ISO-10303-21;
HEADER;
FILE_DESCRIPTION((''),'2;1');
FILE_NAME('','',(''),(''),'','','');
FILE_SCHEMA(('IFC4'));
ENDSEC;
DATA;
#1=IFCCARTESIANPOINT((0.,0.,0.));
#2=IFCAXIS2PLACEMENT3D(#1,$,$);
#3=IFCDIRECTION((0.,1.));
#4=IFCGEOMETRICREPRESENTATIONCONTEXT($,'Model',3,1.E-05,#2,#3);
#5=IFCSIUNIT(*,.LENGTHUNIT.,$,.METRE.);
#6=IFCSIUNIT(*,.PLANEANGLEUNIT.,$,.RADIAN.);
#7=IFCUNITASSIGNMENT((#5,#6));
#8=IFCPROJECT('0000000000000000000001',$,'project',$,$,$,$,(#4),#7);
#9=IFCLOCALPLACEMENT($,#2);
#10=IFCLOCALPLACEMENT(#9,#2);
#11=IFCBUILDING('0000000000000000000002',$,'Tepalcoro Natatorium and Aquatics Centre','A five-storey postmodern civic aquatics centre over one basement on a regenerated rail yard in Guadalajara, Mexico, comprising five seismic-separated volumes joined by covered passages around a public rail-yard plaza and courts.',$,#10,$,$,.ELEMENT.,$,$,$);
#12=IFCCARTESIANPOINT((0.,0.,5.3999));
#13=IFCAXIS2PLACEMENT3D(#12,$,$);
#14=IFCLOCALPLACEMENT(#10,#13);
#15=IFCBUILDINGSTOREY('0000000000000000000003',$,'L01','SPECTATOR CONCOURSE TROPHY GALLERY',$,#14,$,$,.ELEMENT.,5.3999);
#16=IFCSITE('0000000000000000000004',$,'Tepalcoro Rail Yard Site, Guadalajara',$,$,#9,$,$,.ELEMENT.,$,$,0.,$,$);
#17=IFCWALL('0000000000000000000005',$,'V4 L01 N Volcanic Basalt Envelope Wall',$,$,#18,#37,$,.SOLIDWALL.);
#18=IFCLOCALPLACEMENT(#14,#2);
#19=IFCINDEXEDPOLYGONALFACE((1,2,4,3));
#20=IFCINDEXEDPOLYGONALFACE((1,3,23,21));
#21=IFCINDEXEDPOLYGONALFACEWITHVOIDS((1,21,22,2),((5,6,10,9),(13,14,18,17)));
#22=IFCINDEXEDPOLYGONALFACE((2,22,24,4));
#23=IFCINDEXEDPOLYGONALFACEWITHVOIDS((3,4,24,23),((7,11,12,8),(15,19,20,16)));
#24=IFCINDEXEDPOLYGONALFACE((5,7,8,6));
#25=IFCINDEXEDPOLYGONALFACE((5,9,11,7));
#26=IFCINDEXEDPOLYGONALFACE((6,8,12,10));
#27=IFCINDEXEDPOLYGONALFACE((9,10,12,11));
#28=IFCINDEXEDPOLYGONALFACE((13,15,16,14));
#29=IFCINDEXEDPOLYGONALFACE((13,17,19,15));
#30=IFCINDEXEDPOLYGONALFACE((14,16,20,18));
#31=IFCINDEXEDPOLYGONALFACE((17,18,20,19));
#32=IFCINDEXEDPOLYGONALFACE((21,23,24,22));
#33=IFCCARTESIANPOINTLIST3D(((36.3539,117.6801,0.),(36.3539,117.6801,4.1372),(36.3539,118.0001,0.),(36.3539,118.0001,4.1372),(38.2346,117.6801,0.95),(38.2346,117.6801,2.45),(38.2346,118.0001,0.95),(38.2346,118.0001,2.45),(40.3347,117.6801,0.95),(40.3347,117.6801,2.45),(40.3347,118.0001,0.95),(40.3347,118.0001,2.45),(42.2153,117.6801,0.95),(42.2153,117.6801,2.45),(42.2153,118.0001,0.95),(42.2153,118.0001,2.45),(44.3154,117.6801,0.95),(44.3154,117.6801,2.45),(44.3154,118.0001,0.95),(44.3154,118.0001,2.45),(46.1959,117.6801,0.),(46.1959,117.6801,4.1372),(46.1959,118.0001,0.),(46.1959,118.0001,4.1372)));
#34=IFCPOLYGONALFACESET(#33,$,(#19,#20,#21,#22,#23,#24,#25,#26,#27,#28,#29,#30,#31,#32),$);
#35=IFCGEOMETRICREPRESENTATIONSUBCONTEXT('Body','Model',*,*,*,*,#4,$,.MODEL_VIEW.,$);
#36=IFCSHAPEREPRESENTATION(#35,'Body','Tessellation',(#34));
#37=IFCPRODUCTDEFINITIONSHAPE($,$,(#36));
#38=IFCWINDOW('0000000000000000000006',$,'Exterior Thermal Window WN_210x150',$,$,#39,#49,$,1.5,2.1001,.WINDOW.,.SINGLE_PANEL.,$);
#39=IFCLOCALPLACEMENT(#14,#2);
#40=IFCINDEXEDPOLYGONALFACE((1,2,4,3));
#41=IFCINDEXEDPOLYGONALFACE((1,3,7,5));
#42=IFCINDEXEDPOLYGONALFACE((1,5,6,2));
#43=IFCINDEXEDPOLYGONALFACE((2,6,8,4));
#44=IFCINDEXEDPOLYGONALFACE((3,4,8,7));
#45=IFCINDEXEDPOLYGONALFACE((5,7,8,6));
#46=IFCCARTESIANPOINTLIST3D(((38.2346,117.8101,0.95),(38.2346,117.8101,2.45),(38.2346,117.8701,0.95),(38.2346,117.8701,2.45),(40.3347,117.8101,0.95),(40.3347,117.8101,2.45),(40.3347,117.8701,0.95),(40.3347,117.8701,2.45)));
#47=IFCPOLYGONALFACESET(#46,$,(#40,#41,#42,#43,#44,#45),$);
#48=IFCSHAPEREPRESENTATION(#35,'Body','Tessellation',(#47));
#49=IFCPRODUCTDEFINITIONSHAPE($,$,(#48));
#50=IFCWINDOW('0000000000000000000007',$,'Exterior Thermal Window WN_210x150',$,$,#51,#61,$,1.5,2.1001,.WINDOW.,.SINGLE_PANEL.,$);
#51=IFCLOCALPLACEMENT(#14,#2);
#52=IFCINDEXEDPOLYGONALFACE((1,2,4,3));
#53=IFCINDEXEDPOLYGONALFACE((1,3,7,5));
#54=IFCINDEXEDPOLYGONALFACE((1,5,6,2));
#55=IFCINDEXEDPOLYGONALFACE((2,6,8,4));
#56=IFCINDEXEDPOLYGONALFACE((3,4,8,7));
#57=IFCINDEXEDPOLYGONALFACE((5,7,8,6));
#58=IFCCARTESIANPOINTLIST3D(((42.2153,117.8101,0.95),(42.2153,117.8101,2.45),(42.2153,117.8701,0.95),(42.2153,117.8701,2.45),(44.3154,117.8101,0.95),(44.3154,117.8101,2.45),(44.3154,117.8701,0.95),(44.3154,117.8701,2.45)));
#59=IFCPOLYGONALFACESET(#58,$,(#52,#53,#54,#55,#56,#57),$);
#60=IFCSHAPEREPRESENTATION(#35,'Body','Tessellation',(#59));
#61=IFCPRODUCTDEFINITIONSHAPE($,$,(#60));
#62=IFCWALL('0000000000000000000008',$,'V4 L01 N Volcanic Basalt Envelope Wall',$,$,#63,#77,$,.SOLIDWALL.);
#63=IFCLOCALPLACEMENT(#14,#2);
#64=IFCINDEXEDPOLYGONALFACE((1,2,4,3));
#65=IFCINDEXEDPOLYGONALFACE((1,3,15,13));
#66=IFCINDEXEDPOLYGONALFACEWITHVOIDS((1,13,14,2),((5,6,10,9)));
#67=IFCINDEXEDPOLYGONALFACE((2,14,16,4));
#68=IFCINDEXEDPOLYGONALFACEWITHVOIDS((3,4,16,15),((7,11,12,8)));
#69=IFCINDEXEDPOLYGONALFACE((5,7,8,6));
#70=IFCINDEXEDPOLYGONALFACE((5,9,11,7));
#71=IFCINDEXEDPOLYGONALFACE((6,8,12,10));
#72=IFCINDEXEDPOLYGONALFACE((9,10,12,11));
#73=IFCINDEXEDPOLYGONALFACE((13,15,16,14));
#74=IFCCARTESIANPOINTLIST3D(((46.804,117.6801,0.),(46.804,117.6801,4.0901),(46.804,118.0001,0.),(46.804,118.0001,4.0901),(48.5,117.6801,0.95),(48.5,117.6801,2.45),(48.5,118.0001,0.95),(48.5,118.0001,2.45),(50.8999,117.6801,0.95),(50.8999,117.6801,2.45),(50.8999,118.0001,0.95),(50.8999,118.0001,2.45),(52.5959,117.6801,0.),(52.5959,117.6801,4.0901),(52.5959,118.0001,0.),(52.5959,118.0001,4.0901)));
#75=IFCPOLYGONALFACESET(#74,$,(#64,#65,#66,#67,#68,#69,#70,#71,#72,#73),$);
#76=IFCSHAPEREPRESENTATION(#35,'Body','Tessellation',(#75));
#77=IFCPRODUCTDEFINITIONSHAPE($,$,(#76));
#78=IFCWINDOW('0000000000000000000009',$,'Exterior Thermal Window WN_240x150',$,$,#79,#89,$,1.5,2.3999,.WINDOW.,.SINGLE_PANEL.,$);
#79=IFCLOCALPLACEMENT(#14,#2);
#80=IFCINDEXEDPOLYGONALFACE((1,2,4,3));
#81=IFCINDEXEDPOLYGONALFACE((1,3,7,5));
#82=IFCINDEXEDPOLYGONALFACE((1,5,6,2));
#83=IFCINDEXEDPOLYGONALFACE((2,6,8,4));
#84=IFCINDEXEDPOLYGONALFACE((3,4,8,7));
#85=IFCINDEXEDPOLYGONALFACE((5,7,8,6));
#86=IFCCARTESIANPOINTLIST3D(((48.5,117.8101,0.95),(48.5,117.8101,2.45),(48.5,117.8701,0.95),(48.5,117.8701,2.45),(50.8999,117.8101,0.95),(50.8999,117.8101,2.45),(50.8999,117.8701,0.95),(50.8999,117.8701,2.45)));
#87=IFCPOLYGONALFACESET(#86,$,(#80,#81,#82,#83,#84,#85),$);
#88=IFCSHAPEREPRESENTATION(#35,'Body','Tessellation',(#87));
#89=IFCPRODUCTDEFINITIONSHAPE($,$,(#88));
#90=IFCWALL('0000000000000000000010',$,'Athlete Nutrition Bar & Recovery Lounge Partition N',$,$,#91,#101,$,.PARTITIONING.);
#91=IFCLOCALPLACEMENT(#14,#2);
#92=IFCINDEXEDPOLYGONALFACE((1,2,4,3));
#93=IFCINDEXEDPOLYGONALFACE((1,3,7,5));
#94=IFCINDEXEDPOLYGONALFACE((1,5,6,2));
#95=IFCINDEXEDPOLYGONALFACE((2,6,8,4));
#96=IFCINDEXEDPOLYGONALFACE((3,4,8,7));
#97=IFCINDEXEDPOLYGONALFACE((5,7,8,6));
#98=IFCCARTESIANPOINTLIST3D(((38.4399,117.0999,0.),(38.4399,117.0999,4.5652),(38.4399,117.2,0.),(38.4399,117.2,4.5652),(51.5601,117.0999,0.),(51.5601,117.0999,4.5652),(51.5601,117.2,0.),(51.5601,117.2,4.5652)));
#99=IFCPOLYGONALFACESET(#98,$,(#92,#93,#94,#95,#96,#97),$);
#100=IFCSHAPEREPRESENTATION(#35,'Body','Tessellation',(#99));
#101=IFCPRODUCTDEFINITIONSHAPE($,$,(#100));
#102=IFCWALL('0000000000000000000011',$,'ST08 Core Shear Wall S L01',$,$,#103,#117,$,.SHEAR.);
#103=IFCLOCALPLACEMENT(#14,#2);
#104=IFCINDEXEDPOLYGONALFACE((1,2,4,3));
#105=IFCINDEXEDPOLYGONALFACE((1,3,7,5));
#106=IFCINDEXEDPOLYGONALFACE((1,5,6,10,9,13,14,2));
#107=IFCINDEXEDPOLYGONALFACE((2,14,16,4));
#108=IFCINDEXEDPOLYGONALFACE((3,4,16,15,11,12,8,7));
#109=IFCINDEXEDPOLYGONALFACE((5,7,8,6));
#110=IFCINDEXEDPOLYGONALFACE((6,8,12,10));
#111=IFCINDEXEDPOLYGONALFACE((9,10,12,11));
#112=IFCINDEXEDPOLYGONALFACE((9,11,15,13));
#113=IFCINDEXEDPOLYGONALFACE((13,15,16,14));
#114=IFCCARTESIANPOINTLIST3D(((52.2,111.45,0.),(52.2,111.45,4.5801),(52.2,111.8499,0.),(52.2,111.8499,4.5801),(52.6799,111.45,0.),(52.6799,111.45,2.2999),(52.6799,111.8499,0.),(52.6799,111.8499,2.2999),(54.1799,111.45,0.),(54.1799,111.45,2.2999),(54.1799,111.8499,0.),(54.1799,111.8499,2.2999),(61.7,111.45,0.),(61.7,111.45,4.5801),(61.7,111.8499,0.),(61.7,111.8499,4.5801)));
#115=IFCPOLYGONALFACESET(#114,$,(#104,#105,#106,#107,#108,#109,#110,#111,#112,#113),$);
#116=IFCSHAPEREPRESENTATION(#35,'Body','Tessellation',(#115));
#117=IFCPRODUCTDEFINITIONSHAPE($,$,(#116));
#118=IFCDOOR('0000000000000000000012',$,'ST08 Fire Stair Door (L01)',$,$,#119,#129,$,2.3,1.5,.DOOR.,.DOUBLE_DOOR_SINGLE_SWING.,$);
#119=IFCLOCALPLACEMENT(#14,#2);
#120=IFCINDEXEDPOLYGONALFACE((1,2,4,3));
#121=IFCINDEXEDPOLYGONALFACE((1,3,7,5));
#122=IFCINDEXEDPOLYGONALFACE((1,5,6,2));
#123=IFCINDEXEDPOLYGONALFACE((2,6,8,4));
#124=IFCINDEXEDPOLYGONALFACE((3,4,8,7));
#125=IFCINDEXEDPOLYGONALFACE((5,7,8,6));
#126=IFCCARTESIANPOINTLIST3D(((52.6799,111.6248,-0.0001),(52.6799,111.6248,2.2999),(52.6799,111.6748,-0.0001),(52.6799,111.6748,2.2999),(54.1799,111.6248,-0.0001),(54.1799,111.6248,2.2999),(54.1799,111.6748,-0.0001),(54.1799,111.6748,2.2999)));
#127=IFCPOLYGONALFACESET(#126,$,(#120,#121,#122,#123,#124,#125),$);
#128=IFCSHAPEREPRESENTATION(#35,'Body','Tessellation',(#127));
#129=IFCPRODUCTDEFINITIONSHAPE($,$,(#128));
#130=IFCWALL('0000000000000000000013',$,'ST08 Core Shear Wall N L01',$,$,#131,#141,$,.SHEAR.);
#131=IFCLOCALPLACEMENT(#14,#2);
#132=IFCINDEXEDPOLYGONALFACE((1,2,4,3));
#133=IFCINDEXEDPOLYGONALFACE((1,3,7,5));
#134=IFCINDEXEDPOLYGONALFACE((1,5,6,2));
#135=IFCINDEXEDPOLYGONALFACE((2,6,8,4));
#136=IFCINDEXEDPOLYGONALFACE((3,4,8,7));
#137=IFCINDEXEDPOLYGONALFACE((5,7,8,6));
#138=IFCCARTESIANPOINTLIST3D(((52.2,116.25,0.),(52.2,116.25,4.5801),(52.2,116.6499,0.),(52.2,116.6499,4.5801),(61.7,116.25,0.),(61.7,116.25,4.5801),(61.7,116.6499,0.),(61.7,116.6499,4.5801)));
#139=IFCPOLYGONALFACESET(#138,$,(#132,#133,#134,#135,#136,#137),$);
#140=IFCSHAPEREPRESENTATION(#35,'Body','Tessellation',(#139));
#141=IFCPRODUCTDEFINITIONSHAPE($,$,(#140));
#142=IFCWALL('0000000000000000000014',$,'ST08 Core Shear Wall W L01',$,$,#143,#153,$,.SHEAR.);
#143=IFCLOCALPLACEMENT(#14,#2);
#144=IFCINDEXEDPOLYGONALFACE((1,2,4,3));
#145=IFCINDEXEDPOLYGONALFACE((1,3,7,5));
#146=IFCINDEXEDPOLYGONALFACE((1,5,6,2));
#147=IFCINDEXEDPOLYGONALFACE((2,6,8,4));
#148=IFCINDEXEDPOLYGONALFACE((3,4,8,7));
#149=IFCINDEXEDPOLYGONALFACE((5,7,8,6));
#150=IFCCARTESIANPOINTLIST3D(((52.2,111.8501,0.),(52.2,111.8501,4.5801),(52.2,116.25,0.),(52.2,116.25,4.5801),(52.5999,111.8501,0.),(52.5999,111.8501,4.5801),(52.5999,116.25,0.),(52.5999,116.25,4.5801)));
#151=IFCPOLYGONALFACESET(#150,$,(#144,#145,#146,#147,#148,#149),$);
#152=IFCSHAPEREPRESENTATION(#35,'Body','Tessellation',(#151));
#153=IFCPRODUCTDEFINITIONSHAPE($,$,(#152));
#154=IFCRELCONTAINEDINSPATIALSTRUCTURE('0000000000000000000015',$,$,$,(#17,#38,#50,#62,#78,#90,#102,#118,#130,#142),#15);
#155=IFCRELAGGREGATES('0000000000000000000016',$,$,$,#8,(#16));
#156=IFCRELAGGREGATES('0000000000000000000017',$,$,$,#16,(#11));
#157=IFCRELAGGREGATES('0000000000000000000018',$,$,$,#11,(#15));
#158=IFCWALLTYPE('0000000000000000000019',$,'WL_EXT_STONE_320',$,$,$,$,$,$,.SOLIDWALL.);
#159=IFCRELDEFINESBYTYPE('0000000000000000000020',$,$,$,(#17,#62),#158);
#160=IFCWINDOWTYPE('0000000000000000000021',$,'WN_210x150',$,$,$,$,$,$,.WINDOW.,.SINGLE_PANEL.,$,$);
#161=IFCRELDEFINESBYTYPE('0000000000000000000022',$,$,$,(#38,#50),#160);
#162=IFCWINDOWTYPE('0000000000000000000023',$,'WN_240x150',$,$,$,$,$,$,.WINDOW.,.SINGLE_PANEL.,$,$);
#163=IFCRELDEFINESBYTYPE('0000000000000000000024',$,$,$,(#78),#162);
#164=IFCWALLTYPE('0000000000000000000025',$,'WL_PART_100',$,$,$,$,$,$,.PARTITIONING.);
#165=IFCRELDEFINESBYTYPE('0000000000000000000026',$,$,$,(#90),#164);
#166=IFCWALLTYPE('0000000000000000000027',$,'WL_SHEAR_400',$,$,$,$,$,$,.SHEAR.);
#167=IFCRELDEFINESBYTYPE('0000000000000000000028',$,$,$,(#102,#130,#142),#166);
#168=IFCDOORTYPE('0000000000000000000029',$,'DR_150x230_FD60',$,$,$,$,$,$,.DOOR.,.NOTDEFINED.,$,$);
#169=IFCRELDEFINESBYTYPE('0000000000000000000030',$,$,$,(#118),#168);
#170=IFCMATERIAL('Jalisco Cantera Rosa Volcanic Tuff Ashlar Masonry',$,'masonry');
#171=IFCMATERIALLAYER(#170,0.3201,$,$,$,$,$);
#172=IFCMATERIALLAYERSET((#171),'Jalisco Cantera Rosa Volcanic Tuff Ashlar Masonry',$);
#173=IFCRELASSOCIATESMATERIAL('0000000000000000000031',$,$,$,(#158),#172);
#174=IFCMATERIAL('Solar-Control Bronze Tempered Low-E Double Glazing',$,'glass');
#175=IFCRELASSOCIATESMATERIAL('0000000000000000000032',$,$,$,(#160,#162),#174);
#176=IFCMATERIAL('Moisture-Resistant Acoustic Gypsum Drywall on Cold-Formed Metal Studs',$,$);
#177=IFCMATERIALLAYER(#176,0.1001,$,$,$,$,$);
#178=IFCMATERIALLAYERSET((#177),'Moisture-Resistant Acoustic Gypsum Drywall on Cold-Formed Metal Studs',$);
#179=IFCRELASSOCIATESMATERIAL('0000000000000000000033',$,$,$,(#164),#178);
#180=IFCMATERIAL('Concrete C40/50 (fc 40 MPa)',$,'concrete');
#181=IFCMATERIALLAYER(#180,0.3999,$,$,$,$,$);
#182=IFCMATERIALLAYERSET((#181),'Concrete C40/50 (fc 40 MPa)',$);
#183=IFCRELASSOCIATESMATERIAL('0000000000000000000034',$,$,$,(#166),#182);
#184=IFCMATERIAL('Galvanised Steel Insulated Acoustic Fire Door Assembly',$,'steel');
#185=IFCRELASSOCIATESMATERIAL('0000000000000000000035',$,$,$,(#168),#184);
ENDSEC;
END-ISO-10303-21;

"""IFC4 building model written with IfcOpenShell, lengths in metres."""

from ifc_helpers import new_model, si_unit, direction, frame, frame_2d, origin, place, context, subcontext, project, spatial, rectangle, extrude, material, layer, layer_set, type_object, element, fill, save


model = new_model("IFC4")

# Units and contexts
model_context = context("Model", 3, precision=1e-05, world=origin(), true_north=direction((0.0, 1.0)))
body_context = subcontext(model_context, "Body", "Model", "MODEL_VIEW")
ifc_project = project(units=[si_unit("LENGTHUNIT", "METRE"), si_unit("PLANEANGLEUNIT", "RADIAN")], contexts=[model_context])

# Site, building, storey
site_placement = place(None, origin())
site = spatial("IfcSite", under=ifc_project, at=site_placement, Name="Tepalcoro Rail Yard Site, Guadalajara", CompositionType="ELEMENT", RefElevation=0.0)
building_placement = place(site_placement, origin())
building = spatial("IfcBuilding", under=site, at=building_placement, Name="Tepalcoro Natatorium and Aquatics Centre", Description="A five-storey postmodern civic aquatics centre over one basement on a regenerated rail yard in Guadalajara, Mexico, comprising five seismic-separated volumes joined by covered passages around a public rail-yard plaza and courts.", CompositionType="ELEMENT")
storey_placement = place(building_placement, frame((0.0, 0.0, 5.3999)))
storey = spatial("IfcBuildingStorey", under=building, at=storey_placement, Name="L01", Description="SPECTATOR CONCOURSE TROPHY GALLERY", CompositionType="ELEMENT", Elevation=5.3999)

# Shared definitions
ifc_material_1 = material(Name="Concrete C40/50 (fc 40 MPa)", Category="concrete")

# Wall, openings, windows
ifc_material_2 = material(Name="Jalisco Cantera Rosa Volcanic Tuff Ashlar Masonry", Category="masonry")
ifc_layer_1 = layer(ifc_material_2, 0.3201)
ifc_layer_set_1 = layer_set([ifc_layer_1], Name="Jalisco Cantera Rosa Volcanic Tuff Ashlar Masonry")
wall_type_1 = type_object("IfcWallType", Name="WL_EXT_STONE_320", PredefinedType="SOLIDWALL", material=ifc_layer_set_1)
wall_1_placement = place(storey_placement, frame((36.354, 117.8401, 0.0), z_axis=(0.0, 0.0, 1.0), x_axis=(1.0, 0.0, 0.0)))
wall_1 = element("IfcWall", 1, at=wall_1_placement, inside=storey, type_object=wall_type_1, Name="V4 L01 N Volcanic Basalt Envelope Wall", PredefinedType="SOLIDWALL", context=body_context, shape_type="SweptSolid", body=[
    extrude(rectangle(XDim=9.842, YDim=0.3201, at=frame_2d((4.9209, 0.0))), origin(), (0.0, 0.0, 1.0), 4.1372),
])
opening_1_placement = place(wall_1_placement, frame((1.8806, 0.0, 0.95)))
opening_1 = element("IfcOpeningElement", 2, at=opening_1_placement, cuts=wall_1, PredefinedType="OPENING", context=body_context, shape_type="SweptSolid", body=[
    extrude(rectangle(XDim=2.1001, YDim=1.5, at=frame_2d((1.05, 0.75))), frame((0.0, 0.1719, 0.0), z_axis=(0.0, -1.0, 0.0), x_axis=(1.0, 0.0, 0.0)), (0.0, 0.0, 1.0), 0.344),
])
opening_2_placement = place(wall_1_placement, frame((5.8613, 0.0, 0.95)))
opening_2 = element("IfcOpeningElement", 3, at=opening_2_placement, cuts=wall_1, PredefinedType="OPENING", context=body_context, shape_type="SweptSolid", body=[
    extrude(rectangle(XDim=2.1001, YDim=1.5, at=frame_2d((1.05, 0.75))), frame((0.0, 0.1719, 0.0), z_axis=(0.0, -1.0, 0.0), x_axis=(1.0, 0.0, 0.0)), (0.0, 0.0, 1.0), 0.344),
])
ifc_material_3 = material(Name="Solar-Control Bronze Tempered Low-E Double Glazing", Category="glass")
window_type_1 = type_object("IfcWindowType", Name="WN_210x150", PartitioningType="SINGLE_PANEL", PredefinedType="WINDOW", material=ifc_material_3)
window_1_placement = place(opening_1_placement, origin())
window_1 = element("IfcWindow", 4, at=window_1_placement, inside=storey, type_object=window_type_1, Name="Exterior Thermal Window WN_210x150", OverallHeight=1.5, OverallWidth=2.1001, PartitioningType="SINGLE_PANEL", PredefinedType="WINDOW", context=body_context, shape_type="SweptSolid", body=[
    extrude(rectangle(XDim=2.1001, YDim=1.5, at=frame_2d((1.05, 0.75))), frame((0.0, 0.03, 0.0), z_axis=(0.0, -1.0, 0.0), x_axis=(1.0, 0.0, 0.0)), (0.0, 0.0, 1.0), 0.0601),
])
fill(opening_1, window_1)
window_2_placement = place(opening_2_placement, origin())
window_2 = element("IfcWindow", 5, at=window_2_placement, inside=storey, type_object=window_type_1, Name="Exterior Thermal Window WN_210x150", OverallHeight=1.5, OverallWidth=2.1001, PartitioningType="SINGLE_PANEL", PredefinedType="WINDOW", context=body_context, shape_type="SweptSolid", body=[
    extrude(rectangle(XDim=2.1001, YDim=1.5, at=frame_2d((1.05, 0.75))), frame((0.0, 0.03, 0.0), z_axis=(0.0, -1.0, 0.0), x_axis=(1.0, 0.0, 0.0)), (0.0, 0.0, 1.0), 0.0601),
])
fill(opening_2, window_2)

# Wall, opening, window
wall_2_placement = place(storey_placement, frame((46.804, 117.8401, 0.0), z_axis=(0.0, 0.0, 1.0), x_axis=(1.0, 0.0, 0.0)))
wall_2 = element("IfcWall", 6, at=wall_2_placement, inside=storey, type_object=wall_type_1, Name="V4 L01 N Volcanic Basalt Envelope Wall", PredefinedType="SOLIDWALL", context=body_context, shape_type="SweptSolid", body=[
    extrude(rectangle(XDim=5.792, YDim=0.3201, at=frame_2d((2.896, 0.0))), origin(), (0.0, 0.0, 1.0), 4.0901),
])
opening_3_placement = place(wall_2_placement, frame((1.696, 0.0, 0.95)))
opening_3 = element("IfcOpeningElement", 7, at=opening_3_placement, cuts=wall_2, PredefinedType="OPENING", context=body_context, shape_type="SweptSolid", body=[
    extrude(rectangle(XDim=2.3999, YDim=1.5, at=frame_2d((1.2, 0.75))), frame((0.0, 0.1719, 0.0), z_axis=(0.0, -1.0, 0.0), x_axis=(1.0, 0.0, 0.0)), (0.0, 0.0, 1.0), 0.344),
])
window_type_2 = type_object("IfcWindowType", Name="WN_240x150", PartitioningType="SINGLE_PANEL", PredefinedType="WINDOW", material=ifc_material_3)
window_3_placement = place(opening_3_placement, origin())
window_3 = element("IfcWindow", 8, at=window_3_placement, inside=storey, type_object=window_type_2, Name="Exterior Thermal Window WN_240x150", OverallHeight=1.5, OverallWidth=2.3999, PartitioningType="SINGLE_PANEL", PredefinedType="WINDOW", context=body_context, shape_type="SweptSolid", body=[
    extrude(rectangle(XDim=2.3999, YDim=1.5, at=frame_2d((1.2, 0.75))), frame((0.0, 0.03, 0.0), z_axis=(0.0, -1.0, 0.0), x_axis=(1.0, 0.0, 0.0)), (0.0, 0.0, 1.0), 0.0601),
])
fill(opening_3, window_3)

# Wall
ifc_material_4 = material(Name="Moisture-Resistant Acoustic Gypsum Drywall on Cold-Formed Metal Studs")
ifc_layer_2 = layer(ifc_material_4, 0.1001)
ifc_layer_set_2 = layer_set([ifc_layer_2], Name="Moisture-Resistant Acoustic Gypsum Drywall on Cold-Formed Metal Studs")
wall_type_2 = type_object("IfcWallType", Name="WL_PART_100", PredefinedType="PARTITIONING", material=ifc_layer_set_2)
wall_3_placement = place(storey_placement, frame((38.4399, 117.1499, 0.0), z_axis=(0.0, 0.0, 1.0), x_axis=(1.0, 0.0, 0.0)))
element("IfcWall", 9, at=wall_3_placement, inside=storey, type_object=wall_type_2, Name="Athlete Nutrition Bar & Recovery Lounge Partition N", PredefinedType="PARTITIONING", context=body_context, shape_type="SweptSolid", body=[
    extrude(rectangle(XDim=13.1201, YDim=0.1001, at=frame_2d((6.5601, 0.0))), origin(), (0.0, 0.0, 1.0), 4.5652),
])

# Wall, opening, door
ifc_layer_3 = layer(ifc_material_1, 0.3999)
ifc_layer_set_3 = layer_set([ifc_layer_3], Name="Concrete C40/50 (fc 40 MPa)")
wall_type_3 = type_object("IfcWallType", Name="WL_SHEAR_400", PredefinedType="SHEAR", material=ifc_layer_set_3)
wall_4_placement = place(storey_placement, frame((52.2, 111.6499, 0.0), z_axis=(0.0, 0.0, 1.0), x_axis=(1.0, 0.0, 0.0)))
wall_4 = element("IfcWall", 10, at=wall_4_placement, inside=storey, type_object=wall_type_3, Name="ST08 Core Shear Wall S L01", PredefinedType="SHEAR", context=body_context, shape_type="SweptSolid", body=[
    extrude(rectangle(XDim=9.5, YDim=0.3999, at=frame_2d((4.75, 0.0))), origin(), (0.0, 0.0, 1.0), 4.5801),
])
opening_4_placement = place(wall_4_placement, frame((0.48, 0.0, 0.0)))
opening_4 = element("IfcOpeningElement", 11, at=opening_4_placement, cuts=wall_4, PredefinedType="OPENING", context=body_context, shape_type="SweptSolid", body=[
    extrude(rectangle(XDim=1.5, YDim=2.3, at=frame_2d((0.75, 1.1499))), frame((0.0, 0.2119, 0.0), z_axis=(0.0, -1.0, 0.0), x_axis=(1.0, 0.0, 0.0)), (0.0, 0.0, 1.0), 0.4238),
])
ifc_material_5 = material(Name="Galvanised Steel Insulated Acoustic Fire Door Assembly", Category="steel")
door_type = type_object("IfcDoorType", Name="DR_150x230_FD60", OperationType="NOTDEFINED", PredefinedType="DOOR", material=ifc_material_5)
door_placement = place(opening_4_placement, origin())
door = element("IfcDoor", 12, at=door_placement, inside=storey, type_object=door_type, Name="ST08 Fire Stair Door (L01)", OperationType="DOUBLE_DOOR_SINGLE_SWING", OverallHeight=2.3, OverallWidth=1.5, PredefinedType="DOOR", context=body_context, shape_type="SweptSolid", body=[
    extrude(rectangle(XDim=1.5, YDim=2.3, at=frame_2d((0.75, 1.1499))), frame((0.0, 0.0249, 0.0), z_axis=(0.0, -1.0, 0.0), x_axis=(1.0, 0.0, 0.0)), (0.0, 0.0, 1.0), 0.05),
])
fill(opening_4, door)

# Walls
wall_5_placement = place(storey_placement, frame((52.2, 116.45, 0.0), z_axis=(0.0, 0.0, 1.0), x_axis=(1.0, 0.0, 0.0)))
element("IfcWall", 13, at=wall_5_placement, inside=storey, type_object=wall_type_3, Name="ST08 Core Shear Wall N L01", PredefinedType="SHEAR", context=body_context, shape_type="SweptSolid", body=[
    extrude(rectangle(XDim=9.5, YDim=0.3999, at=frame_2d((4.75, 0.0))), origin(), (0.0, 0.0, 1.0), 4.5801),
])
wall_6_placement = place(storey_placement, frame((52.3999, 111.8501, 0.0), z_axis=(0.0, 0.0, 1.0), x_axis=(0.0, 1.0, 0.0)))
element("IfcWall", 14, at=wall_6_placement, inside=storey, type_object=wall_type_3, Name="ST08 Core Shear Wall W L01", PredefinedType="SHEAR", context=body_context, shape_type="SweptSolid", body=[
    extrude(rectangle(XDim=4.3999, YDim=0.3999, at=frame_2d((2.2, 0.0))), origin(), (0.0, 0.0, 1.0), 4.5801),
])

save(model, "model.ifc")
